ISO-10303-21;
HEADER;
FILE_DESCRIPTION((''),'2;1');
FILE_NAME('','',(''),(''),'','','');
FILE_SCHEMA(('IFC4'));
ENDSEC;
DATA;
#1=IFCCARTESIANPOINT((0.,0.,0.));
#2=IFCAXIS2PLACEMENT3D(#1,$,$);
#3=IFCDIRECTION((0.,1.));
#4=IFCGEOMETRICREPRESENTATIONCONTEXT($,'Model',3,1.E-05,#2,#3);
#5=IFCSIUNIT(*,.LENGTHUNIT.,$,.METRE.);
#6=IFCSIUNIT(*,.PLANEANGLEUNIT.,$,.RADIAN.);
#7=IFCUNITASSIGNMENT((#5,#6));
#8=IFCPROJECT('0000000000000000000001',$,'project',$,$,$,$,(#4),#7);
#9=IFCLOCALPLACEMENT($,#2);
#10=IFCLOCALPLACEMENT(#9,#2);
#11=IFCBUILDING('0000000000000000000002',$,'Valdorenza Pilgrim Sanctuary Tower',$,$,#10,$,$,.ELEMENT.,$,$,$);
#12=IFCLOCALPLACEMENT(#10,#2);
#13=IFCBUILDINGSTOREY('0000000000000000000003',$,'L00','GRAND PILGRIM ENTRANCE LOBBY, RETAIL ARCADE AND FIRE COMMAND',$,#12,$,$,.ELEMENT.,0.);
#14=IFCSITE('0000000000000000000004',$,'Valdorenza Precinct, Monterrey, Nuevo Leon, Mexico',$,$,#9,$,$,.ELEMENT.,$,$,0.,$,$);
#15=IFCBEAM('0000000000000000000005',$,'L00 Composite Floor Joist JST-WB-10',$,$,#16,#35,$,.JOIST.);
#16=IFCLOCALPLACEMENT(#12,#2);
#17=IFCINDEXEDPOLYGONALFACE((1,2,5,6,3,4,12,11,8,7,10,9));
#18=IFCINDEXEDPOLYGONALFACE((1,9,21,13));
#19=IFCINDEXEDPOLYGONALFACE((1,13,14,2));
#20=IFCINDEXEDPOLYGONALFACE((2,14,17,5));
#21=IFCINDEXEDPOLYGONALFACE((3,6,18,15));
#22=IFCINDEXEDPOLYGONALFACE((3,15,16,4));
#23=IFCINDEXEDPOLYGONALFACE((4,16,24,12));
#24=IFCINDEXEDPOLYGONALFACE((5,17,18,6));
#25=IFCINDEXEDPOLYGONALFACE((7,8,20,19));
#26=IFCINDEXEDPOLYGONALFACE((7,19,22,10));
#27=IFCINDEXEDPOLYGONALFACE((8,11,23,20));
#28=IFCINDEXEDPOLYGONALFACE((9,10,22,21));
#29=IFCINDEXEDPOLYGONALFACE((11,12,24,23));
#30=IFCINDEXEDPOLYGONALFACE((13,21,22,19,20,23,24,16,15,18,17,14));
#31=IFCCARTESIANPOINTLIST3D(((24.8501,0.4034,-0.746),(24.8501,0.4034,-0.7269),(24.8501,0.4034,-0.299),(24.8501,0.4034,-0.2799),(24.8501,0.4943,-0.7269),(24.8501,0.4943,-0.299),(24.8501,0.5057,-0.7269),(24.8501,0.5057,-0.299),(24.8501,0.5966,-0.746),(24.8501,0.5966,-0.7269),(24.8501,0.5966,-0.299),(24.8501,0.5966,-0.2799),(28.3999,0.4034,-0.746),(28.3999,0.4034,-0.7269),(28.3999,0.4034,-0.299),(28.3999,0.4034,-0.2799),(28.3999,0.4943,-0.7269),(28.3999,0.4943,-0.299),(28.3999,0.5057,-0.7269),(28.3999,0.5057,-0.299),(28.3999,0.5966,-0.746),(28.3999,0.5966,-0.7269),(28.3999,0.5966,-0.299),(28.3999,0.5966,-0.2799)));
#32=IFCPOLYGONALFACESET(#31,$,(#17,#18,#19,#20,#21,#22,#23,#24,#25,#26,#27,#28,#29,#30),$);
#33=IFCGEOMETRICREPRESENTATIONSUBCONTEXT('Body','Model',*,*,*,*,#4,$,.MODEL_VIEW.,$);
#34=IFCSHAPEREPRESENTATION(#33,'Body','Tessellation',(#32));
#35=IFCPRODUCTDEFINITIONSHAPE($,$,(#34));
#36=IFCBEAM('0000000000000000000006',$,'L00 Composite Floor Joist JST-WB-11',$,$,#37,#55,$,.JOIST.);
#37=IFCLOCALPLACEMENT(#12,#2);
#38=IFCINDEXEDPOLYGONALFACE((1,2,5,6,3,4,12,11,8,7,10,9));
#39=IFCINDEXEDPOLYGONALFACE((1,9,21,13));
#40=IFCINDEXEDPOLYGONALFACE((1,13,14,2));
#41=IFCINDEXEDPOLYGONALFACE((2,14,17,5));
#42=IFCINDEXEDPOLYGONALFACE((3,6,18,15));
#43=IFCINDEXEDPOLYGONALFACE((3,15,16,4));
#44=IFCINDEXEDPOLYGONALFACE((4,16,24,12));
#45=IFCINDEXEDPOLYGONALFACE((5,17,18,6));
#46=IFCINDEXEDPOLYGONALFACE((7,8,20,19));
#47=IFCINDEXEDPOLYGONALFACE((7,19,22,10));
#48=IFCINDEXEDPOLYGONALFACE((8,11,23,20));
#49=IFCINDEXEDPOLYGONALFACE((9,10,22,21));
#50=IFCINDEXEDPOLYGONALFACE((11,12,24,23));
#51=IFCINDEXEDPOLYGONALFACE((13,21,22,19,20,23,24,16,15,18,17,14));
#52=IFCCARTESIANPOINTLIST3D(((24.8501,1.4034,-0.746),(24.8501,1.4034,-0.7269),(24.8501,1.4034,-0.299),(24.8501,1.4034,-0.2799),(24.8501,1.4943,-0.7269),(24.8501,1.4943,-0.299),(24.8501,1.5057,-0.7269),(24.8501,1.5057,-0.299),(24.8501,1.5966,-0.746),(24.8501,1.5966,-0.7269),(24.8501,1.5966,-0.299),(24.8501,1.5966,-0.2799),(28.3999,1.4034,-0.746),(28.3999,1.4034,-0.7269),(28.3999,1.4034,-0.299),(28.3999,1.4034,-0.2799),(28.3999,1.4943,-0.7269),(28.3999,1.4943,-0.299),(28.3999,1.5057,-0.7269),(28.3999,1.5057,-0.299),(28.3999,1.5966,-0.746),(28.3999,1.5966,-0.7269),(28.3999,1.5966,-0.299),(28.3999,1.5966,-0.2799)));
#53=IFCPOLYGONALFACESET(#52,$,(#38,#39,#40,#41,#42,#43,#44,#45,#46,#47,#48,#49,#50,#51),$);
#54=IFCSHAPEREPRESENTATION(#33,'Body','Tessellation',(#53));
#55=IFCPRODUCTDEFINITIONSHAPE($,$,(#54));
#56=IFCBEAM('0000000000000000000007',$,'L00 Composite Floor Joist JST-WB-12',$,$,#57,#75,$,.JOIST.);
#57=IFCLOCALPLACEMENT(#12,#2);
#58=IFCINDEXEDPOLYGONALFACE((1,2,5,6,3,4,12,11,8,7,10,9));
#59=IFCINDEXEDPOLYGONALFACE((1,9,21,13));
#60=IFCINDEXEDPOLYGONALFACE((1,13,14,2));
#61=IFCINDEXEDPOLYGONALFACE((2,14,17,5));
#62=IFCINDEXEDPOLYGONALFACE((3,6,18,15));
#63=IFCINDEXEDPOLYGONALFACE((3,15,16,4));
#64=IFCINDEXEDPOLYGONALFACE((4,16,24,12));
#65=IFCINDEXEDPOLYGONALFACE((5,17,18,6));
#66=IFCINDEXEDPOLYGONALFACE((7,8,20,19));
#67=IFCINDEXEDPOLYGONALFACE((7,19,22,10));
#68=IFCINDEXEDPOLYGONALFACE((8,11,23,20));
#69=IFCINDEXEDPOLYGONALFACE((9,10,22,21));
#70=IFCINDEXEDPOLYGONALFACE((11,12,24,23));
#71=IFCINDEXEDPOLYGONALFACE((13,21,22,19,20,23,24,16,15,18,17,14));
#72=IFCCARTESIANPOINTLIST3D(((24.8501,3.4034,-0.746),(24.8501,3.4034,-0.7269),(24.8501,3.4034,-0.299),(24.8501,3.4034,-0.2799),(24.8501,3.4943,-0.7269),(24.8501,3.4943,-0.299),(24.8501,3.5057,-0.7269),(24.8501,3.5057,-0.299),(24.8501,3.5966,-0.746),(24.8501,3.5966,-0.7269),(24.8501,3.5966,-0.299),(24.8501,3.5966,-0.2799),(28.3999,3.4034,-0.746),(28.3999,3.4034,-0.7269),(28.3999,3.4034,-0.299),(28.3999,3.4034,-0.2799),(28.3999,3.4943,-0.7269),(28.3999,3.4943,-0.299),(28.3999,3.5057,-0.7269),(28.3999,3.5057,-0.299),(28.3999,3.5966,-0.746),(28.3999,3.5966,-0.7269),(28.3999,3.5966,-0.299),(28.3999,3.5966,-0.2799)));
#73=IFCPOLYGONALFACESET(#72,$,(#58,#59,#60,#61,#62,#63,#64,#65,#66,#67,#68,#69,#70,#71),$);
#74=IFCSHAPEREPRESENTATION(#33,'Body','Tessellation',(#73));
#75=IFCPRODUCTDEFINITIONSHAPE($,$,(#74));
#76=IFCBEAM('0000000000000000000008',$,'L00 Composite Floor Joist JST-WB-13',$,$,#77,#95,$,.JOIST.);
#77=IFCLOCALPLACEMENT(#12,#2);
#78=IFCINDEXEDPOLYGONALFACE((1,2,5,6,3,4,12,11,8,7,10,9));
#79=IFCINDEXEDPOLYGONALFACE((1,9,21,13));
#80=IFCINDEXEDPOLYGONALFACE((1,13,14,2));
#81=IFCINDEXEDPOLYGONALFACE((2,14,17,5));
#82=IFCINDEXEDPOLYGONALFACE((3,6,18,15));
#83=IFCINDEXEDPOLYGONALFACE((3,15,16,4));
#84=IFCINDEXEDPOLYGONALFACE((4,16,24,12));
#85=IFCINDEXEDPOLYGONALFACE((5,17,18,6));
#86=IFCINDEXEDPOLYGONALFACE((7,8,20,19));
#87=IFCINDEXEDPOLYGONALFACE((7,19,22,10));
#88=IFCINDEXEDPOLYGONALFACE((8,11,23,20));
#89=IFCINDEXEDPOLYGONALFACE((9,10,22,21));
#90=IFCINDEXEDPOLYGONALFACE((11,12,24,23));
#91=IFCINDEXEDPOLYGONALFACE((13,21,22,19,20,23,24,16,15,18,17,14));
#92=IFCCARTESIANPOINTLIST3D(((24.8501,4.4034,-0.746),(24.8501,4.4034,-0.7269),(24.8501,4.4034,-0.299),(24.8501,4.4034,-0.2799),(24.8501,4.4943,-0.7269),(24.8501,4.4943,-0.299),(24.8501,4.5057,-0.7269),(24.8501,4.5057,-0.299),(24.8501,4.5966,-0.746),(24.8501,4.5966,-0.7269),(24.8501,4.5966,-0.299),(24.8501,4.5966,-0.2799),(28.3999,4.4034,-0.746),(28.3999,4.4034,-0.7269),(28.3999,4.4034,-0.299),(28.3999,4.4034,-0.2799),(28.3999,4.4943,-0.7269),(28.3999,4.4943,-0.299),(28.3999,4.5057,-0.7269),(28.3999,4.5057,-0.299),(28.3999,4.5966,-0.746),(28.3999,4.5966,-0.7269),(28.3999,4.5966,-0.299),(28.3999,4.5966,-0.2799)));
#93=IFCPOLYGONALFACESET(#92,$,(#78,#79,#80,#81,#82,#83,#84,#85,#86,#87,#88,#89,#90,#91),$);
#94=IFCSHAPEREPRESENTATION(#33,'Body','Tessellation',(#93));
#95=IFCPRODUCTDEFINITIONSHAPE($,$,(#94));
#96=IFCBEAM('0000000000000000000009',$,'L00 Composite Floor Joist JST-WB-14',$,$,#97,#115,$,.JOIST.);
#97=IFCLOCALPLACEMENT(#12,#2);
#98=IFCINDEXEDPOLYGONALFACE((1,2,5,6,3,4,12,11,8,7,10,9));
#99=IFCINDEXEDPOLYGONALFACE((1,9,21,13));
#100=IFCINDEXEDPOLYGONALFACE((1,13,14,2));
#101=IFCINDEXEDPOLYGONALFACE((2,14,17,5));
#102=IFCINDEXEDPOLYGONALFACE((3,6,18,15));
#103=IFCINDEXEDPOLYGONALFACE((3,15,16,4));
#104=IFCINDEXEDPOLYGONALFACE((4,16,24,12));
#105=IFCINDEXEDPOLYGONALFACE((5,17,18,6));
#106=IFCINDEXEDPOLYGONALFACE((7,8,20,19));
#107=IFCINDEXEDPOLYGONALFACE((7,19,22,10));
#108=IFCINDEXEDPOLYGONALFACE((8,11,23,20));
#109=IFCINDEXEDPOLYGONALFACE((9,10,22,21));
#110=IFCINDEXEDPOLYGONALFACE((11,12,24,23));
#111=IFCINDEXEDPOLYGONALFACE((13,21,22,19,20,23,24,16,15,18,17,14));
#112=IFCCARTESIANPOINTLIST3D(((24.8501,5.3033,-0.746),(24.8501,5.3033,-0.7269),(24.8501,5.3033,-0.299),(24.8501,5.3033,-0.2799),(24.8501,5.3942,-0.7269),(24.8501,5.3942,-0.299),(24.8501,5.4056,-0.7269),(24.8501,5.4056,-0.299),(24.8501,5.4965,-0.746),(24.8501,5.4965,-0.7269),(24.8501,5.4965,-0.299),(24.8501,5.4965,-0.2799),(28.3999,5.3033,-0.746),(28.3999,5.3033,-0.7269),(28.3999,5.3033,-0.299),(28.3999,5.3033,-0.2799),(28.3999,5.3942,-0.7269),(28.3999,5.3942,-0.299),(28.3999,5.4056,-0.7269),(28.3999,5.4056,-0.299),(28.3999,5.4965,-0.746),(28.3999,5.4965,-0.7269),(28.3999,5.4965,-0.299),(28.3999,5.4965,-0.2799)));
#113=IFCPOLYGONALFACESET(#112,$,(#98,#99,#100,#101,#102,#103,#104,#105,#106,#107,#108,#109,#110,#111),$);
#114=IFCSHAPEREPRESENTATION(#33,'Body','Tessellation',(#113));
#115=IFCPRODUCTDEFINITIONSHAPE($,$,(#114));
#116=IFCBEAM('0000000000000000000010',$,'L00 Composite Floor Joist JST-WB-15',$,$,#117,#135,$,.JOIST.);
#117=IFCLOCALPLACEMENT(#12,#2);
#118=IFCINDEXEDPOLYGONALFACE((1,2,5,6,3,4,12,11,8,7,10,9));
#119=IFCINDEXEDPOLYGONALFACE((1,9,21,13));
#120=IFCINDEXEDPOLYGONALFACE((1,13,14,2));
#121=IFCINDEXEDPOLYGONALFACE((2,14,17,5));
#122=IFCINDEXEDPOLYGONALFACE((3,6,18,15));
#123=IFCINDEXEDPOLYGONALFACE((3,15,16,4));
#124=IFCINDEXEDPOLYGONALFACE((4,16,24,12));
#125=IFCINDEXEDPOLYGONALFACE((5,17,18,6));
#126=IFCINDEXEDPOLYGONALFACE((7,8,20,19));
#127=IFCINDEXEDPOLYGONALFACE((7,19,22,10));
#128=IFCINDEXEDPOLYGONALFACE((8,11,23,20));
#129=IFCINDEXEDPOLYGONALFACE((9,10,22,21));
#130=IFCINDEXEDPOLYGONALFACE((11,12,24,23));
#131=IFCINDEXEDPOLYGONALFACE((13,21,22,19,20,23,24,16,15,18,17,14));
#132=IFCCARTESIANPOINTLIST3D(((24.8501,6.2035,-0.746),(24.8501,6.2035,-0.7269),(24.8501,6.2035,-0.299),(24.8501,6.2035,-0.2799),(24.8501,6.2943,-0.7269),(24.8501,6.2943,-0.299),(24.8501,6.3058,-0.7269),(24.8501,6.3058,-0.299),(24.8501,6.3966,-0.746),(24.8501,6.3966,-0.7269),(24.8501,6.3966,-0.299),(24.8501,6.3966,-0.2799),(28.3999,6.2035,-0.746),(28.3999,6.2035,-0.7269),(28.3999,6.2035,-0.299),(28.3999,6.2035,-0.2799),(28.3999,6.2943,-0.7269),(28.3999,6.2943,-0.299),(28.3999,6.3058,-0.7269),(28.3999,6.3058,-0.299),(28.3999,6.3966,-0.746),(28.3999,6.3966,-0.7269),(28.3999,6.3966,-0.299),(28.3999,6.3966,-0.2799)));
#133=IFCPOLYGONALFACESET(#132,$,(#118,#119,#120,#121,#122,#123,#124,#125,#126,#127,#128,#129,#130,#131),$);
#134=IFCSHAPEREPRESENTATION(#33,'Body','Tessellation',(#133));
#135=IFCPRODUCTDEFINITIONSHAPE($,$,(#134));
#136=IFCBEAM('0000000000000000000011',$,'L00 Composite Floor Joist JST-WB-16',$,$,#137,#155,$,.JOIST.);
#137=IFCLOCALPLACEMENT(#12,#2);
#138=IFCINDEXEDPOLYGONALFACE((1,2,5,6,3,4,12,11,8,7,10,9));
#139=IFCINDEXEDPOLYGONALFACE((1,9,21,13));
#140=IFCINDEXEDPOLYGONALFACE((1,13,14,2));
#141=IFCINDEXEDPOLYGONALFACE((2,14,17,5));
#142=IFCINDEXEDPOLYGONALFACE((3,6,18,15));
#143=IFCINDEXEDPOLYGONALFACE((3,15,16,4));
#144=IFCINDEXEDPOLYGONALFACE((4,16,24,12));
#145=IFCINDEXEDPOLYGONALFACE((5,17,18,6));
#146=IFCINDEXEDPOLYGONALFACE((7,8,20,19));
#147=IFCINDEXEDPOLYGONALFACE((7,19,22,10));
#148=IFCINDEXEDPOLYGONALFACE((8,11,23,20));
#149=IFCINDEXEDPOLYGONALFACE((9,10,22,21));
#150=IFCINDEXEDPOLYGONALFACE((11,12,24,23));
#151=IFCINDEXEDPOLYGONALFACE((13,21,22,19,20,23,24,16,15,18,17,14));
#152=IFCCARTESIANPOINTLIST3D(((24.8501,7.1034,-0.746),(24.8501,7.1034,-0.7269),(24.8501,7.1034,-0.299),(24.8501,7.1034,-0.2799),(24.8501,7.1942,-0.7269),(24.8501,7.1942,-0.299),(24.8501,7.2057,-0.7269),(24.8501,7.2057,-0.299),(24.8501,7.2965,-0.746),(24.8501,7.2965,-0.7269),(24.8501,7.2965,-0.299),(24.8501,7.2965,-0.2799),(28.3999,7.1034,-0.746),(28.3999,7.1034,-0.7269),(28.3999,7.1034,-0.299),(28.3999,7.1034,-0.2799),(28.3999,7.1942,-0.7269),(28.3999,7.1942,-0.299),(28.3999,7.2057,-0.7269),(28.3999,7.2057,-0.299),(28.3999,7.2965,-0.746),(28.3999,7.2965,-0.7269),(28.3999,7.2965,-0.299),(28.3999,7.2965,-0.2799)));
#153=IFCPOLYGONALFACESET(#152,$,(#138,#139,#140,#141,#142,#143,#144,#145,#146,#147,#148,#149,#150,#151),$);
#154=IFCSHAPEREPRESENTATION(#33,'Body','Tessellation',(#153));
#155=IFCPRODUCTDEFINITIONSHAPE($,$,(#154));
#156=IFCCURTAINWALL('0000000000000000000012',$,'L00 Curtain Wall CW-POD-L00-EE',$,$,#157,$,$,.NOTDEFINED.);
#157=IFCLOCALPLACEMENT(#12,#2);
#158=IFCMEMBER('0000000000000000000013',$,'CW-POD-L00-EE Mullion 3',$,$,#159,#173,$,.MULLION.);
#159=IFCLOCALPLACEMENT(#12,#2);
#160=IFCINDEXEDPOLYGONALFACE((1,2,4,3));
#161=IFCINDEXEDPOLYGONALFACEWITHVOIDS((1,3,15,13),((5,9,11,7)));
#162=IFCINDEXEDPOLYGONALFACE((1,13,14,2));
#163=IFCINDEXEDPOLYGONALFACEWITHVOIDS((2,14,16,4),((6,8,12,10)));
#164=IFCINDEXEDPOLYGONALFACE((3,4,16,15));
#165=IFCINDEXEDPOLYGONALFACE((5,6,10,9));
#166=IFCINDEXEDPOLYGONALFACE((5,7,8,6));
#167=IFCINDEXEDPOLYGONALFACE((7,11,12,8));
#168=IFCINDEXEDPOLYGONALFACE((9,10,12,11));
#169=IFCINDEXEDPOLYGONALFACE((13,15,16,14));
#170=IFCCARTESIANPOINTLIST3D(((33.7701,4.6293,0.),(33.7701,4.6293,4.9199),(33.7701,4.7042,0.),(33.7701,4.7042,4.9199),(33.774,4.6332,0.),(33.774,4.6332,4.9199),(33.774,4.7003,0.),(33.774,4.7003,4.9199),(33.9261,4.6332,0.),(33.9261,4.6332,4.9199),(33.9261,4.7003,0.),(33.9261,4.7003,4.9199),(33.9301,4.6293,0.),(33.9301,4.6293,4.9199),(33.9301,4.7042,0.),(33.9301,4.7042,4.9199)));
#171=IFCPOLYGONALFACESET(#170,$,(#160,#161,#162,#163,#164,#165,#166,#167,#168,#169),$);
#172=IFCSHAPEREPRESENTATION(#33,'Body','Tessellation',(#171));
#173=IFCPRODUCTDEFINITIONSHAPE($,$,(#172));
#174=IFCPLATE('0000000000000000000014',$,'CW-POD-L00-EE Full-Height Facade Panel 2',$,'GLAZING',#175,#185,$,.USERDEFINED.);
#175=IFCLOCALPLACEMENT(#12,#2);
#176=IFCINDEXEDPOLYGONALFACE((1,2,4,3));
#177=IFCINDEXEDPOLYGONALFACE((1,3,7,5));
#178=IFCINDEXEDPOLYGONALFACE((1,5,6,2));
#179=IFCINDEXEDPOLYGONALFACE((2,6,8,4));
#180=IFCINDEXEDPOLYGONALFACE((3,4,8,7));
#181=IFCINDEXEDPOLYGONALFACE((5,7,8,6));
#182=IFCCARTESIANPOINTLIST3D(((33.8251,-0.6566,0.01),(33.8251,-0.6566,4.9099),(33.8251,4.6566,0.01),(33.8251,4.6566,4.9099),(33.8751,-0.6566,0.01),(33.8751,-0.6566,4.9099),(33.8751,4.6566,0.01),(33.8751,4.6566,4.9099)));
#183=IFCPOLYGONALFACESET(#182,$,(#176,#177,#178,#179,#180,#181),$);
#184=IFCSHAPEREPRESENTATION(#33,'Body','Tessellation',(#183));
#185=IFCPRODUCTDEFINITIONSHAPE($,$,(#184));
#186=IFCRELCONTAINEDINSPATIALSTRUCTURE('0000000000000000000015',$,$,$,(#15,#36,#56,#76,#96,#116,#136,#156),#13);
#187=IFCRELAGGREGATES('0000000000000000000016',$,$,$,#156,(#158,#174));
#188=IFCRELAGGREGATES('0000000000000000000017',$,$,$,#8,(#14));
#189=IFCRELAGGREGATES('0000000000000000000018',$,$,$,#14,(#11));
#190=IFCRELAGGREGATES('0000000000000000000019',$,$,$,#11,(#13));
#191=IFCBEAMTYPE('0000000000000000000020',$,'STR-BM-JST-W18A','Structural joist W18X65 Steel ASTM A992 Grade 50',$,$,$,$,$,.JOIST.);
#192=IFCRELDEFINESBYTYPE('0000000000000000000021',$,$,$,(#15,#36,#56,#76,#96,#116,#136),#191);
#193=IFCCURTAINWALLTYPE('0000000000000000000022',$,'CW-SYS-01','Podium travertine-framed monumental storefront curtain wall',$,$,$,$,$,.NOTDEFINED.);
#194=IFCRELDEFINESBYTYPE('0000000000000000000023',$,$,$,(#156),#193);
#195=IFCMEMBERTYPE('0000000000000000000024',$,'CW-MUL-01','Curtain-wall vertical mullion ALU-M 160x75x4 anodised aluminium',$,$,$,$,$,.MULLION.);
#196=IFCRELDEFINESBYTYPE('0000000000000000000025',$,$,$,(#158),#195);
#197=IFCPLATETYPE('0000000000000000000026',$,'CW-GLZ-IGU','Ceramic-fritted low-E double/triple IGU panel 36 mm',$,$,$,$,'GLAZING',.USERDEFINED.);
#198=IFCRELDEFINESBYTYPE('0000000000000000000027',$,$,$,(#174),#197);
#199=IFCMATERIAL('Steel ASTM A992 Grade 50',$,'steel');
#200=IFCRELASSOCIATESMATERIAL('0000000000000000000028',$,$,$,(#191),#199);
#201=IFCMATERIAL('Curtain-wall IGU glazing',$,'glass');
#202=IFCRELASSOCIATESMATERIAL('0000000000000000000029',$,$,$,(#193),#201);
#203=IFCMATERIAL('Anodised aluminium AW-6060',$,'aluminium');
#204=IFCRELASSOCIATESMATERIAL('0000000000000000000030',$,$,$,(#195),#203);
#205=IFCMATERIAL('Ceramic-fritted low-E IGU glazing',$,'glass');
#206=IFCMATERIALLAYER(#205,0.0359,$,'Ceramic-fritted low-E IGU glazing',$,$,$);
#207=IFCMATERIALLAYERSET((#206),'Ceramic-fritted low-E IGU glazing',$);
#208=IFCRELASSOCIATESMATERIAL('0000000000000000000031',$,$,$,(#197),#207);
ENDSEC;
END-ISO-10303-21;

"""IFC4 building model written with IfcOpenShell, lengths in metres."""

from ifc_helpers import new_model, si_unit, direction, frame, origin, origin_2d, place, context, subcontext, project, spatial, rectangle, hollow_rectangle, i_section, extrude, source, transform, mapped, material, layer, layer_set, material_profile, profile_set, type_object, element, aggregate, save


model = new_model("IFC4")

# Units and contexts
model_context = context("Model", 3, precision=1e-05, world=origin(), true_north=direction((0.0, 1.0)))
body_context = subcontext(model_context, "Body", "Model", "MODEL_VIEW")
ifc_project = project(units=[si_unit("LENGTHUNIT", "METRE"), si_unit("PLANEANGLEUNIT", "RADIAN")], contexts=[model_context])

# Site, building, storey
site_placement = place(None, origin())
site = spatial("IfcSite", under=ifc_project, at=site_placement, Name="Valdorenza Precinct, Monterrey, Nuevo Leon, Mexico", CompositionType="ELEMENT", RefElevation=0.0)
building_placement = place(site_placement, origin())
building = spatial("IfcBuilding", under=site, at=building_placement, Name="Valdorenza Pilgrim Sanctuary Tower", CompositionType="ELEMENT")
storey_placement = place(building_placement, origin())
storey = spatial("IfcBuildingStorey", under=building, at=storey_placement, Name="L00", Description="GRAND PILGRIM ENTRANCE LOBBY, RETAIL ARCADE AND FIRE COMMAND", CompositionType="ELEMENT", Elevation=0.0)

# Beams
ifc_material_1 = material(Name="Steel ASTM A992 Grade 50", Category="steel")
ifc_material_profile_1 = material_profile(ifc_material_1, i_section(OverallWidth=0.1931, OverallDepth=0.4661, WebThickness=0.0115, FlangeThickness=0.019, at=origin_2d()), Name="W18X65")
ifc_profile_set_1 = profile_set([ifc_material_profile_1], Name="Steel ASTM A992 Grade 50")
beam_type = type_object("IfcBeamType", Name="STR-BM-JST-W18A", Description="Structural joist W18X65 Steel ASTM A992 Grade 50", PredefinedType="JOIST", material=ifc_profile_set_1)
shared_shape_1 = source(origin(), body_context, "Body", "SweptSolid", [
    extrude(i_section(OverallWidth=0.1931, OverallDepth=0.4661, WebThickness=0.0115, FlangeThickness=0.019, at=origin_2d()), origin(), (0.0, 0.0, 1.0), 3.5498),
])
for number, where, z_axis, x_axis, name in (
    (1, (24.8501, 0.5, -0.5129), (1.0, 0.0, 0.0), (0.0, 1.0, 0.0), "L00 Composite Floor Joist JST-WB-10"),
    (2, (24.8501, 1.5, -0.5129), (1.0, 0.0, 0.0), (0.0, 1.0, 0.0), "L00 Composite Floor Joist JST-WB-11"),
    (3, (24.8501, 3.5, -0.5129), (1.0, 0.0, 0.0), (0.0, 1.0, 0.0), "L00 Composite Floor Joist JST-WB-12"),
    (4, (24.8501, 4.5, -0.5129), (1.0, 0.0, 0.0), (0.0, 1.0, 0.0), "L00 Composite Floor Joist JST-WB-13"),
    (5, (24.8501, 5.3999, -0.5129), (1.0, 0.0, 0.0), (0.0, 1.0, 0.0), "L00 Composite Floor Joist JST-WB-14"),
    (6, (24.8501, 6.3, -0.5129), (1.0, 0.0, 0.0), (0.0, 1.0, 0.0), "L00 Composite Floor Joist JST-WB-15"),
    (7, (24.8501, 7.2, -0.5129), (1.0, 0.0, 0.0), (0.0, 1.0, 0.0), "L00 Composite Floor Joist JST-WB-16"),
):
    element("IfcBeam", number, at=place(storey_placement, frame(where, z_axis=z_axis, x_axis=x_axis)), inside=storey, type_object=beam_type, Name=name, PredefinedType="JOIST", context=body_context, shape_type="MappedRepresentation", body=[
        mapped(shared_shape_1, transform((0.0, 0.0, 0.0), x_axis=(1.0, 0.0, 0.0), y_axis=(0.0, 1.0, 0.0), z_axis=(0.0, 0.0, 1.0), scale=1.0)),
    ])

# Curtain wall, member, plate
ifc_material_2 = material(Name="Curtain-wall IGU glazing", Category="glass")
curtain_wall_type = type_object("IfcCurtainWallType", Name="CW-SYS-01", Description="Podium travertine-framed monumental storefront curtain wall", PredefinedType="NOTDEFINED", material=ifc_material_2)
curtain_wall_placement = place(storey_placement, origin())
curtain_wall = element("IfcCurtainWall", 8, at=curtain_wall_placement, inside=storey, type_object=curtain_wall_type, Name="L00 Curtain Wall CW-POD-L00-EE", PredefinedType="NOTDEFINED")
ifc_material_3 = material(Name="Anodised aluminium AW-6060", Category="aluminium")
ifc_material_profile_2 = material_profile(ifc_material_3, hollow_rectangle(XDim=0.075, YDim=0.1599, WallThickness=0.0039, at=origin_2d()), Name="ALU-M 160x75x4")
ifc_profile_set_2 = profile_set([ifc_material_profile_2], Name="Anodised aluminium AW-6060")
member_type = type_object("IfcMemberType", Name="CW-MUL-01", Description="Curtain-wall vertical mullion ALU-M 160x75x4 anodised aluminium", PredefinedType="MULLION", material=ifc_profile_set_2)
shared_shape_2 = source(origin(), body_context, "Body", "SweptSolid", [
    extrude(hollow_rectangle(XDim=0.075, YDim=0.1599, WallThickness=0.0039, at=origin_2d()), origin(), (0.0, 0.0, 1.0), 4.9199),
])
member_placement = place(storey_placement, frame((33.8501, 4.6667, 0.0), z_axis=(0.0, 0.0, 1.0), x_axis=(0.0, 1.0, 0.0)))
member = element("IfcMember", 9, at=member_placement, type_object=member_type, Name="CW-POD-L00-EE Mullion 3", PredefinedType="MULLION", context=body_context, shape_type="MappedRepresentation", body=[
    mapped(shared_shape_2, transform((0.0, 0.0, 0.0), x_axis=(1.0, 0.0, 0.0), y_axis=(0.0, 1.0, 0.0), z_axis=(0.0, 0.0, 1.0), scale=1.0)),
])
ifc_material_4 = material(Name="Ceramic-fritted low-E IGU glazing", Category="glass")
ifc_layer_1 = layer(ifc_material_4, 0.0359, Name="Ceramic-fritted low-E IGU glazing")
ifc_layer_set_1 = layer_set([ifc_layer_1], Name="Ceramic-fritted low-E IGU glazing")
plate_type = type_object("IfcPlateType", Name="CW-GLZ-IGU", Description="Ceramic-fritted low-E double/triple IGU panel 36 mm", ElementType="GLAZING", PredefinedType="USERDEFINED", material=ifc_layer_set_1)
shared_shape_3 = source(origin(), body_context, "Body", "SweptSolid", [
    extrude(rectangle(XDim=5.3132, YDim=0.05, at=origin_2d()), origin(), (0.0, 0.0, 1.0), 4.8999),
])
plate_placement = place(storey_placement, frame((33.8501, 2.0, 0.01), z_axis=(0.0, 0.0, 1.0), x_axis=(0.0, 1.0, 0.0)))
plate = element("IfcPlate", 10, at=plate_placement, type_object=plate_type, Name="CW-POD-L00-EE Full-Height Facade Panel 2", ObjectType="GLAZING", PredefinedType="USERDEFINED", context=body_context, shape_type="MappedRepresentation", body=[
    mapped(shared_shape_3, transform((0.0, 0.0, 0.0), x_axis=(1.0, 0.0, 0.0), y_axis=(0.0, 1.0, 0.0), z_axis=(0.0, 0.0, 1.0), scale=1.0)),
])
aggregate(curtain_wall, [member, plate])

save(model, "model.ifc")
